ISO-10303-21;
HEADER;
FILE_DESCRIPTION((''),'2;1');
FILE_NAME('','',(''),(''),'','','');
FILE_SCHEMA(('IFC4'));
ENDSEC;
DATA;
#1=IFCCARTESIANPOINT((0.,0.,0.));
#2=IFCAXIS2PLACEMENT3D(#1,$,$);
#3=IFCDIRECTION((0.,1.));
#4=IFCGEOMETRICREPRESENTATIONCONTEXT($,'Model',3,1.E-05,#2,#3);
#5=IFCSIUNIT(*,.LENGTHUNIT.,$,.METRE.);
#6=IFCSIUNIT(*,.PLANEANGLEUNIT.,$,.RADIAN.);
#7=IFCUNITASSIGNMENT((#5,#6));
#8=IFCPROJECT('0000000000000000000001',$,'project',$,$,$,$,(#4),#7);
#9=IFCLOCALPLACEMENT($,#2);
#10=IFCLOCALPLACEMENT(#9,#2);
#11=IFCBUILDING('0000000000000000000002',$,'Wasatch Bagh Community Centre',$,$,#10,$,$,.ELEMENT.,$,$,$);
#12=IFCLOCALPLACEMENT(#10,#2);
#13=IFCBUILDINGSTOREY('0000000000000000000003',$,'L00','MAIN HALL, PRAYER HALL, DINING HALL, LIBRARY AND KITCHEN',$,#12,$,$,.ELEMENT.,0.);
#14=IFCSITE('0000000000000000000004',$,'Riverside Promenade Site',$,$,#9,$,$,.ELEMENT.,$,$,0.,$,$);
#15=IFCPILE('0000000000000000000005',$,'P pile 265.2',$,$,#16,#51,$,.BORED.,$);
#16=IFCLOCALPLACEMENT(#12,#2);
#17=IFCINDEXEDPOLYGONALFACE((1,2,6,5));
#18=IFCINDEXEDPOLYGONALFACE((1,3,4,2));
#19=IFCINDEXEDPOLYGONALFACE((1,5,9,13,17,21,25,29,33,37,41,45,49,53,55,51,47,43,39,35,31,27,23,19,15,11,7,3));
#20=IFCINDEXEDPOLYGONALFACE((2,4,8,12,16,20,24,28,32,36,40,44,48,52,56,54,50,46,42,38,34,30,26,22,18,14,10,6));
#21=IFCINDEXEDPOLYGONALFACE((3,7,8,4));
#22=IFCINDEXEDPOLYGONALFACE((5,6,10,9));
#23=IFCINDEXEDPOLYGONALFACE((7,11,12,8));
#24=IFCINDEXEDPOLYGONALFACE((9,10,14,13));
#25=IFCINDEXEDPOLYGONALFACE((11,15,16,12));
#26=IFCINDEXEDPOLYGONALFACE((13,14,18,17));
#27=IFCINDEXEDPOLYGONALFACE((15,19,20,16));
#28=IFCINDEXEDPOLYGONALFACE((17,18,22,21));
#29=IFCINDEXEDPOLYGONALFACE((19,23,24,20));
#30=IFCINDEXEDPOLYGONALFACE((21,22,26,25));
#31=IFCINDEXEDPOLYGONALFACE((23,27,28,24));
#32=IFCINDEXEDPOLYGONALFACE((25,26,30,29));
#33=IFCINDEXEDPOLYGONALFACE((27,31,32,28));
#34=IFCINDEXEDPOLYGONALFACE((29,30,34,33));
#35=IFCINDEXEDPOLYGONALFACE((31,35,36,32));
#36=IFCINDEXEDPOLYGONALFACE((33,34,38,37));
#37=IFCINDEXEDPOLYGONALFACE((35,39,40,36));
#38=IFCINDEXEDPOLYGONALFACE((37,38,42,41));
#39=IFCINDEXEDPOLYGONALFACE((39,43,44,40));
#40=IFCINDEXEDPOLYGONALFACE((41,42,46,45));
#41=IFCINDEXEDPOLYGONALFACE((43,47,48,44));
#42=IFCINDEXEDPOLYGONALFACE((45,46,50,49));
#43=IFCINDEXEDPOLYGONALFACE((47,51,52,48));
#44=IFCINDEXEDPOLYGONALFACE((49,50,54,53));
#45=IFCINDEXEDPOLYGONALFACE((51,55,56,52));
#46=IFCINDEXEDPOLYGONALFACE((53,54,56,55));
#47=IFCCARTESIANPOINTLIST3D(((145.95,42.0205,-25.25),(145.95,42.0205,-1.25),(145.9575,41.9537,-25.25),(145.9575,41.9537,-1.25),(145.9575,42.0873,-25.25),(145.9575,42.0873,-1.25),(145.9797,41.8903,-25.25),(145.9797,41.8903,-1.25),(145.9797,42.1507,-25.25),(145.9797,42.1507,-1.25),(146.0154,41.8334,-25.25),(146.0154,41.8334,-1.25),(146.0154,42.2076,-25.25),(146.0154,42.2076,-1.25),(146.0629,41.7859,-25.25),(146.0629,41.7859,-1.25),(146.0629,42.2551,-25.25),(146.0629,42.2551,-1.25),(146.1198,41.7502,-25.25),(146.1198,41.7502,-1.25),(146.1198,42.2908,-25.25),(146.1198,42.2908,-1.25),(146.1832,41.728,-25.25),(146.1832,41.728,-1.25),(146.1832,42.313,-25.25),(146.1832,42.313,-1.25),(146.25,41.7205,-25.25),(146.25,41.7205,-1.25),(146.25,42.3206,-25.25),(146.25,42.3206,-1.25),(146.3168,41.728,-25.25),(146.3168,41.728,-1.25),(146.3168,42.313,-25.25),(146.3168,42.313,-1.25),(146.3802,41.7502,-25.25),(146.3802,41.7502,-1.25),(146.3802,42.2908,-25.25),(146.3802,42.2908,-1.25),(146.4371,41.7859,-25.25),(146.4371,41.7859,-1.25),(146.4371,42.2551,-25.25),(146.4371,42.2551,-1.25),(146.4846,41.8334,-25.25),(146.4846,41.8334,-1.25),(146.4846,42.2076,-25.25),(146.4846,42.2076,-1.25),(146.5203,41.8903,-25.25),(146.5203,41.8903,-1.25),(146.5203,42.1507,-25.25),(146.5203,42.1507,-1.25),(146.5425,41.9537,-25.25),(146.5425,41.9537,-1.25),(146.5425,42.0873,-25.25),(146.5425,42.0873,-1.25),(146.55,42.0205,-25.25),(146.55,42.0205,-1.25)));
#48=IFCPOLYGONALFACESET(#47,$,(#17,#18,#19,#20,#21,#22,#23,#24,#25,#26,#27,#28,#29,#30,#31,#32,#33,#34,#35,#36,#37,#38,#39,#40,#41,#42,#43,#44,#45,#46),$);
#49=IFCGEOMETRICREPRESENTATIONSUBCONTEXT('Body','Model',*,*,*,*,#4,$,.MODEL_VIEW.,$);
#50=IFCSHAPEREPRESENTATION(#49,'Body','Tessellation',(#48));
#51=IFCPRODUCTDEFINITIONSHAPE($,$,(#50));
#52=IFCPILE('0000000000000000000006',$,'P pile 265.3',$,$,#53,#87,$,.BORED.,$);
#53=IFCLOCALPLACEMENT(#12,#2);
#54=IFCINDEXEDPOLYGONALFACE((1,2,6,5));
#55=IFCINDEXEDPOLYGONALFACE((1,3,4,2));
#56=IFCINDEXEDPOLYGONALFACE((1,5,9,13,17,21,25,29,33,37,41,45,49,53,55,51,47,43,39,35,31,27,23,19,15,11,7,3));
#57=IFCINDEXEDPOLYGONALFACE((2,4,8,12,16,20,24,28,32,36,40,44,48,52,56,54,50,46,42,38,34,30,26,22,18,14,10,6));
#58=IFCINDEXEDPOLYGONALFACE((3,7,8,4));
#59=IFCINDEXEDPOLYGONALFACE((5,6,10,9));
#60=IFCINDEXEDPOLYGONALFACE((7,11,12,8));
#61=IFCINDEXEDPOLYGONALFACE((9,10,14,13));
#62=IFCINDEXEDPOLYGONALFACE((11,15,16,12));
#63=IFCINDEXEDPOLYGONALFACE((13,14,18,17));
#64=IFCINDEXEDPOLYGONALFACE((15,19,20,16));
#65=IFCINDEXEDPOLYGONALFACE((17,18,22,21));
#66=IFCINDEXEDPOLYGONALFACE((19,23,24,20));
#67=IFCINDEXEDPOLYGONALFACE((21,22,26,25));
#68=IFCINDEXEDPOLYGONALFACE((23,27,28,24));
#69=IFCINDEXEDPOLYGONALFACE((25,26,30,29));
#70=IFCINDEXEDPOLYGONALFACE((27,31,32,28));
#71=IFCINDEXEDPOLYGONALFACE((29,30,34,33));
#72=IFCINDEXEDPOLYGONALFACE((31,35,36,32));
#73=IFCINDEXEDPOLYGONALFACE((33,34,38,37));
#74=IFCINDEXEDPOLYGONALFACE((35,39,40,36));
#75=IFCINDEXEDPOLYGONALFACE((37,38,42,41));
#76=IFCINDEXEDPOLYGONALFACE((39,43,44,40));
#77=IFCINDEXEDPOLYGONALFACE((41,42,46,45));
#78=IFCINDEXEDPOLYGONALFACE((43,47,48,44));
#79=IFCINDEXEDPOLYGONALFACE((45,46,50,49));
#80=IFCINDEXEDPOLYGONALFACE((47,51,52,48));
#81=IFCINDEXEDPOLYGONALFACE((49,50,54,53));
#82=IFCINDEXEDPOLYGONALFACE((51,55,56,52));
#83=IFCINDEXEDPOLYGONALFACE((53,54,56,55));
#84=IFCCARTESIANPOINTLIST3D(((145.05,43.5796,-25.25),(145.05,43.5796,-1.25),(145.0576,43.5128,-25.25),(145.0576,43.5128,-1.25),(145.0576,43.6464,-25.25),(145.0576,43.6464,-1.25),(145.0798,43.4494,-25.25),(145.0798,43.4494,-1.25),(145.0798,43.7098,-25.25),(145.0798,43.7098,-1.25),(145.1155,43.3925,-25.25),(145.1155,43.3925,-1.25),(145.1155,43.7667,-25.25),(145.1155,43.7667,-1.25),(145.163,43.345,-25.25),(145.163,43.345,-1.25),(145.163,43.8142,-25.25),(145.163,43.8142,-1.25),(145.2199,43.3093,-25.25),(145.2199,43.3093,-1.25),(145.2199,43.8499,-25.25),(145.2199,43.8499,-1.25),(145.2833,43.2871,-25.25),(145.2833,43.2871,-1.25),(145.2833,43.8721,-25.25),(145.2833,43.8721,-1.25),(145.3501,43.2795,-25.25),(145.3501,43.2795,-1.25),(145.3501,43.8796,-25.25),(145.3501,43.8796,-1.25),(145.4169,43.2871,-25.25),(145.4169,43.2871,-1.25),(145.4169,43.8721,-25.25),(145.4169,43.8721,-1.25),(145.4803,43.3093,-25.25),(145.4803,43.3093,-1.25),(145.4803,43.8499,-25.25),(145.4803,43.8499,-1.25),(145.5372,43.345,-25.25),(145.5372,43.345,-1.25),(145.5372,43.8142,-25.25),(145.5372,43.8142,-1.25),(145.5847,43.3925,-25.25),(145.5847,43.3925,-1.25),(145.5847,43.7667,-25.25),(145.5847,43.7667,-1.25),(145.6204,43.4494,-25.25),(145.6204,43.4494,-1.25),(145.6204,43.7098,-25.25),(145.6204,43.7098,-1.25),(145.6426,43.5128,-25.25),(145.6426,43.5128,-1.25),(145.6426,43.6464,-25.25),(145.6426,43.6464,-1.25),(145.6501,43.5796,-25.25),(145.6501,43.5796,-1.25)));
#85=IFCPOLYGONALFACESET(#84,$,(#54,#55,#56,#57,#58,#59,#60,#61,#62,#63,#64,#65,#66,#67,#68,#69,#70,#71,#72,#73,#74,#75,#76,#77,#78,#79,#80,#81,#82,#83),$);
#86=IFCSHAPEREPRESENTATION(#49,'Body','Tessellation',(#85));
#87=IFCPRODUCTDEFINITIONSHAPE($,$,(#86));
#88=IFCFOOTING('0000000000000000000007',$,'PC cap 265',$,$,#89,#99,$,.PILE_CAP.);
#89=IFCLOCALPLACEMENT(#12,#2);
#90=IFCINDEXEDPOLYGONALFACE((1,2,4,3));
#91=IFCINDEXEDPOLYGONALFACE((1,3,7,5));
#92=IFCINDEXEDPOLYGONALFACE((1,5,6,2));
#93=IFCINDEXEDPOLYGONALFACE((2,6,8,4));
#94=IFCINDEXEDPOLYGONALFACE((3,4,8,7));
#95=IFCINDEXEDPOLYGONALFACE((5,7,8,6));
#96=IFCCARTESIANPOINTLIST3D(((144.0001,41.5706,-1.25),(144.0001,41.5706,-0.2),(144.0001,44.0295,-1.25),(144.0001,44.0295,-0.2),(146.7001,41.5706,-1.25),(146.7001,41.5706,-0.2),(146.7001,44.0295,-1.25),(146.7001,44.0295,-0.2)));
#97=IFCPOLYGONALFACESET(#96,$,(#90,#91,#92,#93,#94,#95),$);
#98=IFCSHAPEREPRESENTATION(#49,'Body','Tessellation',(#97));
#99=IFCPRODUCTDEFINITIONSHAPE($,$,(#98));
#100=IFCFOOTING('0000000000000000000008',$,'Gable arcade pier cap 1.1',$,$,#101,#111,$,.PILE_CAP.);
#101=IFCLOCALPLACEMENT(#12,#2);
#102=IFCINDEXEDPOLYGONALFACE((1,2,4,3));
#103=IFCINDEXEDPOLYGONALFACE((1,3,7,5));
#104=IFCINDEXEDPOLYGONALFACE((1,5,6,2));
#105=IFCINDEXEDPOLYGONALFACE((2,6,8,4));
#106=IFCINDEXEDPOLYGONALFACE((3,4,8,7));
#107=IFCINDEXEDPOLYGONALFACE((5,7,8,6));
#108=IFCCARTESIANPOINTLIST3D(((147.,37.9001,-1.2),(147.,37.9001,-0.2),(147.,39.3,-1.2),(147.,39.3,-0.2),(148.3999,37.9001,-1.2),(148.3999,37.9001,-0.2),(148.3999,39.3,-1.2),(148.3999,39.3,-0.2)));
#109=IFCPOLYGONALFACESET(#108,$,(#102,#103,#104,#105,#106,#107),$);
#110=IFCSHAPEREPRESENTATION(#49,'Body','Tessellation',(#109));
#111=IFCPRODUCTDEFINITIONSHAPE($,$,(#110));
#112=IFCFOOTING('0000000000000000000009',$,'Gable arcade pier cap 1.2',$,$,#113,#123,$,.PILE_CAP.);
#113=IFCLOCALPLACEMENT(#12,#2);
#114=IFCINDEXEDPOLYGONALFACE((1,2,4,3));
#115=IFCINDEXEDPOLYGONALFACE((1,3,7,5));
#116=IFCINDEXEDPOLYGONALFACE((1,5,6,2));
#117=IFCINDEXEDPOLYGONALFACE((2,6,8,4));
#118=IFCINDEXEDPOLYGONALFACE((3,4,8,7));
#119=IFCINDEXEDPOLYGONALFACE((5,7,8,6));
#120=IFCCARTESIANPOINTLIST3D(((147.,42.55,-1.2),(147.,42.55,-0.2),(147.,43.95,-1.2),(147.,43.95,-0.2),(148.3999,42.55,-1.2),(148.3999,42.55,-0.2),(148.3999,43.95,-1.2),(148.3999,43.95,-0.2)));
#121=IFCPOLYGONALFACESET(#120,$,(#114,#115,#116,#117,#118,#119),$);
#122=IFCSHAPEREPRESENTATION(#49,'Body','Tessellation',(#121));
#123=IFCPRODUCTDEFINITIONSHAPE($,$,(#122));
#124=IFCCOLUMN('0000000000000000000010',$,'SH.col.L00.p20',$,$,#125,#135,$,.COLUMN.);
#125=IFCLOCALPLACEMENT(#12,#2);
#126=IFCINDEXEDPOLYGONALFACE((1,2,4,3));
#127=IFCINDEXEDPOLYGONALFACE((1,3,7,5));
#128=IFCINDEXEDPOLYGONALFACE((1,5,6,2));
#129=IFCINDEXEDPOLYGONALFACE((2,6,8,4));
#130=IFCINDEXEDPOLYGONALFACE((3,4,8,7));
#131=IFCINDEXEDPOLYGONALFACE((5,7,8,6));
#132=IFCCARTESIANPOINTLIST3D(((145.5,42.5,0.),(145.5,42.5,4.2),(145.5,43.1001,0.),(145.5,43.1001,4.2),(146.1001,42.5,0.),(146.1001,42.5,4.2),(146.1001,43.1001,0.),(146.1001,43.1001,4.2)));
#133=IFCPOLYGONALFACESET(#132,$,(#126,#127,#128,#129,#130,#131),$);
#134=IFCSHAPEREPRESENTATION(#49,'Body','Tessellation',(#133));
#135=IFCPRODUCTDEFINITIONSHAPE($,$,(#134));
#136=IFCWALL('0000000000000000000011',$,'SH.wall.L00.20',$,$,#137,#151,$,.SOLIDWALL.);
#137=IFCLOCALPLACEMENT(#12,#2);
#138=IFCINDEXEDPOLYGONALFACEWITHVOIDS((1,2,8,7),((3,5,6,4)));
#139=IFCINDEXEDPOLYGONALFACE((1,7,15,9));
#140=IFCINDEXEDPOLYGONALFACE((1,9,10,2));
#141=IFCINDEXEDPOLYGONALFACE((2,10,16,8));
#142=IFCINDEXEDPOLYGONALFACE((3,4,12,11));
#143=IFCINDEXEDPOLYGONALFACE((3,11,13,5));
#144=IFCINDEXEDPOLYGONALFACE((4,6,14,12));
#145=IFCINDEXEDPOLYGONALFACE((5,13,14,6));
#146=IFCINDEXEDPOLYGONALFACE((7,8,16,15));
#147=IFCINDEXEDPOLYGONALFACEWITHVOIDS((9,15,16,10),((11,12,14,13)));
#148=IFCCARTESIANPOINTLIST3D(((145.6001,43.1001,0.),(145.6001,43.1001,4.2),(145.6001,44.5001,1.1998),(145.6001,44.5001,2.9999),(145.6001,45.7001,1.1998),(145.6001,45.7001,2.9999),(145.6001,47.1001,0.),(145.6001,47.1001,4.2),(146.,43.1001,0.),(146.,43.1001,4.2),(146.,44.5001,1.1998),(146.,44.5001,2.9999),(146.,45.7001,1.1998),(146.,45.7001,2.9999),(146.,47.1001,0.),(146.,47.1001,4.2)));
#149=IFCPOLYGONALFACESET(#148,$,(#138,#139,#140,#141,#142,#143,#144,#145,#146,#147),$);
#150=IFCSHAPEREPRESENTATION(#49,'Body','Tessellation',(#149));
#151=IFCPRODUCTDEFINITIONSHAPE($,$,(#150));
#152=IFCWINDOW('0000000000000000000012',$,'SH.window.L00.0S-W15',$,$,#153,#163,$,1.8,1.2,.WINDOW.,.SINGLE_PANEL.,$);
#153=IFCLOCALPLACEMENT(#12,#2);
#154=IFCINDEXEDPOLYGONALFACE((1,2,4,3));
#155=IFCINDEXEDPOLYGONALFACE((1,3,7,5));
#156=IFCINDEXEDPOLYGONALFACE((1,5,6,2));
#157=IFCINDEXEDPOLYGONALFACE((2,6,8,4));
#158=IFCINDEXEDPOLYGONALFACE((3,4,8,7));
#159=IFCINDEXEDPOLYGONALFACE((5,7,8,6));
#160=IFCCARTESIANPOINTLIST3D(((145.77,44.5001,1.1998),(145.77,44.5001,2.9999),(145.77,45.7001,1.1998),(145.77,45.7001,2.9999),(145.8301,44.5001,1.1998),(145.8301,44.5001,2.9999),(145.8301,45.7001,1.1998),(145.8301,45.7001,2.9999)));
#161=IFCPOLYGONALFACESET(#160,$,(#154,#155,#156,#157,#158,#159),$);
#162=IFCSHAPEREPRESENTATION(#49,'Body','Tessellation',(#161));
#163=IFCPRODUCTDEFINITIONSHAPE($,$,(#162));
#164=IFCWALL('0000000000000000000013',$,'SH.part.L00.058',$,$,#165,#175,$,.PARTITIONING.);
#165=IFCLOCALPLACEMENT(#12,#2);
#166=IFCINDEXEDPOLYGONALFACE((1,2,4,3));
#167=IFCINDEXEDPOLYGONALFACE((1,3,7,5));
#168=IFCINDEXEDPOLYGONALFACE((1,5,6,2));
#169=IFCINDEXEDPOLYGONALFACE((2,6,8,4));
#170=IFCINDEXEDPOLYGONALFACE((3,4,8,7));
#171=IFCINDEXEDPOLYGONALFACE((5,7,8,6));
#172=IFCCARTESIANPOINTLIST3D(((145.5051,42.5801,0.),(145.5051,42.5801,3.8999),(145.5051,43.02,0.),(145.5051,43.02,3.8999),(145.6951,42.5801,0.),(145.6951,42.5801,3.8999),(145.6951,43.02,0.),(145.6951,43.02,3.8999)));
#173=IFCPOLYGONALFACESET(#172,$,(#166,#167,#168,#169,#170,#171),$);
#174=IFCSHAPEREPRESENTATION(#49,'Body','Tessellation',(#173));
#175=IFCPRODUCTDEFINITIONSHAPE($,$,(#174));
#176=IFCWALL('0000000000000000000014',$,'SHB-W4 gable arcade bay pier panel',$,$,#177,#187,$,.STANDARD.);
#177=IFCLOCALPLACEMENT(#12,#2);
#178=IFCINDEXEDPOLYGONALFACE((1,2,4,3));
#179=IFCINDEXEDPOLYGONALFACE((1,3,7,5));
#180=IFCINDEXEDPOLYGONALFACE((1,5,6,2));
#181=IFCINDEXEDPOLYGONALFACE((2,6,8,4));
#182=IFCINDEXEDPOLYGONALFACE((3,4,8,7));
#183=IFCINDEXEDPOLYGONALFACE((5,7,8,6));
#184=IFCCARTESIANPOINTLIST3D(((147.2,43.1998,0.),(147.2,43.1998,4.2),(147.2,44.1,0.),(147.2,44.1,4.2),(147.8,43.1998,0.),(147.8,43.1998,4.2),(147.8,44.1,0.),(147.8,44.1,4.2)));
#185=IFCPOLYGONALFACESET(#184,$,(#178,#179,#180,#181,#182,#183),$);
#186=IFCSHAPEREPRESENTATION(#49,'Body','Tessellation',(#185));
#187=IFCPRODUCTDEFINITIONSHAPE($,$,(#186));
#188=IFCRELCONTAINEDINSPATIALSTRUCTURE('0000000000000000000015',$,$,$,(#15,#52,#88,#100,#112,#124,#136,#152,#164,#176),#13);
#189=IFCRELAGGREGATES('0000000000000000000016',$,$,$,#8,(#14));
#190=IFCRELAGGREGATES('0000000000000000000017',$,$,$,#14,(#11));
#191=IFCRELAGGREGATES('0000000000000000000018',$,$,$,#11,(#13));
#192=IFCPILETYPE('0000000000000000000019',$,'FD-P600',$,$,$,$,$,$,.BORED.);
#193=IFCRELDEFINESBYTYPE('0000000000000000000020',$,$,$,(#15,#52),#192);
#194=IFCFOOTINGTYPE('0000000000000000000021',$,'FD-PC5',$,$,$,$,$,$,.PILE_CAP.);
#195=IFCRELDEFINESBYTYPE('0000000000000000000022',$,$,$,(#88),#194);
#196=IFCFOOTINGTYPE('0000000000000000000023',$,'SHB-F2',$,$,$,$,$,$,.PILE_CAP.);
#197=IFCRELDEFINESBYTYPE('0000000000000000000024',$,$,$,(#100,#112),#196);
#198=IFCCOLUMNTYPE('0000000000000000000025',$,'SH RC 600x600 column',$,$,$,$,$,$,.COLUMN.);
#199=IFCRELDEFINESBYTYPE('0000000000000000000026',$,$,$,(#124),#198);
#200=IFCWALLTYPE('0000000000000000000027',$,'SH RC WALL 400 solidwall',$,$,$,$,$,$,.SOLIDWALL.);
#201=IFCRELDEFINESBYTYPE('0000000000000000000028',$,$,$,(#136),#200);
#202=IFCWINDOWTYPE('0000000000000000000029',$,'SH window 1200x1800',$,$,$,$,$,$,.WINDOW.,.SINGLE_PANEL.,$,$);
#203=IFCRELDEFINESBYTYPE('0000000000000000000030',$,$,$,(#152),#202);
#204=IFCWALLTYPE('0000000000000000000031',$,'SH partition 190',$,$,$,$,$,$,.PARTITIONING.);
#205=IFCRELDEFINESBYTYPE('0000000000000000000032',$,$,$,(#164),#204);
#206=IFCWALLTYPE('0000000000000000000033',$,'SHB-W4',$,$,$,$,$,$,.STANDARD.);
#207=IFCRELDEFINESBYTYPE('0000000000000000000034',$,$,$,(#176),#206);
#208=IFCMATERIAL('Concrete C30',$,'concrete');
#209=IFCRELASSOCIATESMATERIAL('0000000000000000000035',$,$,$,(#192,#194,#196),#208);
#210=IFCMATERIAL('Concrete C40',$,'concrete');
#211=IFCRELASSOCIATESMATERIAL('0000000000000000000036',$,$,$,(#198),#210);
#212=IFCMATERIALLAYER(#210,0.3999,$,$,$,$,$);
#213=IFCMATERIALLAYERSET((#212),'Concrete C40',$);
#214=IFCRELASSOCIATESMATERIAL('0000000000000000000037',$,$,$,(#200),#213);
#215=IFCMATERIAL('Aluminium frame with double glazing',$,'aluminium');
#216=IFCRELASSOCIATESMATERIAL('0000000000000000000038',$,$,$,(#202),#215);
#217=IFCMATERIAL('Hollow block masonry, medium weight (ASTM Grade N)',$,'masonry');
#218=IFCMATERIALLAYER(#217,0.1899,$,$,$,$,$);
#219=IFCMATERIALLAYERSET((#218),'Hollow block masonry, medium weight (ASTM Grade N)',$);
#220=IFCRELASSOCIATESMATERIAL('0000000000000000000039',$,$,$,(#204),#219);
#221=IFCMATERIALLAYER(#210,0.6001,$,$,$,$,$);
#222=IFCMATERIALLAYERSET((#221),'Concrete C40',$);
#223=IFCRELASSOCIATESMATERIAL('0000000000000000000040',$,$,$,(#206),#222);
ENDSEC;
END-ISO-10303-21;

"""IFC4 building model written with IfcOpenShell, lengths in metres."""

from ifc_helpers import new_model, si_unit, direction, frame, frame_2d, origin, origin_2d, place, context, subcontext, project, spatial, rectangle, circle, extrude, material, layer, layer_set, material_profile, profile_set, type_object, element, fill, save


model = new_model("IFC4")

# Units and contexts
model_context = context("Model", 3, precision=1e-05, world=origin(), true_north=direction((0.0, 1.0)))
body_context = subcontext(model_context, "Body", "Model", "MODEL_VIEW")
ifc_project = project(units=[si_unit("LENGTHUNIT", "METRE"), si_unit("PLANEANGLEUNIT", "RADIAN")], contexts=[model_context])

# Site, building, storey
site_placement = place(None, origin())
site = spatial("IfcSite", under=ifc_project, at=site_placement, Name="Riverside Promenade Site", CompositionType="ELEMENT", RefElevation=0.0)
building_placement = place(site_placement, origin())
building = spatial("IfcBuilding", under=site, at=building_placement, Name="Wasatch Bagh Community Centre", CompositionType="ELEMENT")
storey_placement = place(building_placement, origin())
storey = spatial("IfcBuildingStorey", under=building, at=storey_placement, Name="L00", Description="MAIN HALL, PRAYER HALL, DINING HALL, LIBRARY AND KITCHEN", CompositionType="ELEMENT", Elevation=0.0)

# Piles
ifc_material_1 = material(Name="Concrete C30", Category="concrete")
ifc_material_profile_1 = material_profile(ifc_material_1, circle(Radius=0.3, at=origin_2d()), Name="RC D600")
ifc_profile_set_1 = profile_set([ifc_material_profile_1], Name="Concrete C30")
pile_type = type_object("IfcPileType", Name="FD-P600", PredefinedType="BORED", material=ifc_profile_set_1)
for number, where, z_axis, x_axis, name in (
    (1, (146.25, 42.0205, -1.25), (0.0, 0.0, -1.0), (1.0, 0.0, 0.0), "P pile 265.2"),
    (2, (145.3501, 43.5796, -1.25), (0.0, 0.0, -1.0), (1.0, 0.0, 0.0), "P pile 265.3"),
):
    element("IfcPile", number, at=place(storey_placement, frame(where, z_axis=z_axis, x_axis=x_axis)), inside=storey, type_object=pile_type, Name=name, PredefinedType="BORED", context=body_context, shape_type="SweptSolid", body=[
        extrude(circle(Radius=0.3, at=origin_2d()), origin(), (0.0, 0.0, 1.0), 24.0),
    ])

# Footings
footing_type_1 = type_object("IfcFootingType", Name="FD-PC5", PredefinedType="PILE_CAP", material=ifc_material_1)
footing_1_placement = place(storey_placement, frame((145.3501, 42.8, -1.25), z_axis=(0.0, 0.0, 1.0), x_axis=(1.0, 0.0, 0.0)))
element("IfcFooting", 3, at=footing_1_placement, inside=storey, type_object=footing_type_1, Name="PC cap 265", PredefinedType="PILE_CAP", context=body_context, shape_type="SweptSolid", body=[
    extrude(rectangle(XDim=2.7, YDim=2.459, at=origin_2d()), origin(), (0.0, 0.0, 1.0), 1.05),
])
footing_type_2 = type_object("IfcFootingType", Name="SHB-F2", PredefinedType="PILE_CAP", material=ifc_material_1)
for number, where, z_axis, x_axis, name in (
    (4, (147.7, 38.6001, -1.2), (0.0, 0.0, 1.0), (1.0, 0.0, 0.0), "Gable arcade pier cap 1.1"),
    (5, (147.7, 43.25, -1.2), (0.0, 0.0, 1.0), (1.0, 0.0, 0.0), "Gable arcade pier cap 1.2"),
):
    element("IfcFooting", number, at=place(storey_placement, frame(where, z_axis=z_axis, x_axis=x_axis)), inside=storey, type_object=footing_type_2, Name=name, PredefinedType="PILE_CAP", context=body_context, shape_type="SweptSolid", body=[
        extrude(rectangle(XDim=1.3999, YDim=1.3999, at=origin_2d()), origin(), (0.0, 0.0, 1.0), 1.0),
    ])

# Column
ifc_material_2 = material(Name="Concrete C40", Category="concrete")
ifc_material_profile_2 = material_profile(ifc_material_2, rectangle(XDim=0.6001, YDim=0.6001, at=origin_2d()), Name="RC 600x600")
ifc_profile_set_2 = profile_set([ifc_material_profile_2], Name="Concrete C40")
column_type = type_object("IfcColumnType", Name="SH RC 600x600 column", PredefinedType="COLUMN", material=ifc_profile_set_2)
column_placement = place(storey_placement, frame((145.8, 42.8, 0.0), z_axis=(0.0, 0.0, 1.0), x_axis=(1.0, 0.0, 0.0)))
element("IfcColumn", 6, at=column_placement, inside=storey, type_object=column_type, Name="SH.col.L00.p20", PredefinedType="COLUMN", context=body_context, shape_type="SweptSolid", body=[
    extrude(rectangle(XDim=0.6001, YDim=0.6001, at=origin_2d()), origin(), (0.0, 0.0, 1.0), 4.2),
])

# Wall, opening, window
ifc_layer_1 = layer(ifc_material_2, 0.3999)
ifc_layer_set_1 = layer_set([ifc_layer_1], Name="Concrete C40")
wall_type_1 = type_object("IfcWallType", Name="SH RC WALL 400 solidwall", PredefinedType="SOLIDWALL", material=ifc_layer_set_1)
wall_1_placement = place(storey_placement, frame((145.8, 43.1001, 0.0), z_axis=(0.0, 0.0, 1.0), x_axis=(0.0, 1.0, 0.0)))
wall_1 = element("IfcWall", 7, at=wall_1_placement, inside=storey, type_object=wall_type_1, Name="SH.wall.L00.20", PredefinedType="SOLIDWALL", context=body_context, shape_type="SweptSolid", body=[
    extrude(rectangle(XDim=4.0, YDim=0.3999, at=frame_2d((2.0, 0.0))), origin(), (0.0, 0.0, 1.0), 4.2),
])
opening_placement = place(wall_1_placement, frame((1.3999, 0.0, 1.2)))
opening = element("IfcOpeningElement", 8, at=opening_placement, cuts=wall_1, PredefinedType="OPENING", context=body_context, shape_type="SweptSolid", body=[
    extrude(rectangle(XDim=1.2, YDim=1.8, at=frame_2d((0.6001, 0.8999))), frame((0.0, 0.21, 0.0), z_axis=(0.0, -1.0, 0.0), x_axis=(1.0, 0.0, 0.0)), (0.0, 0.0, 1.0), 0.4199),
])
ifc_material_3 = material(Name="Aluminium frame with double glazing", Category="aluminium")
window_type = type_object("IfcWindowType", Name="SH window 1200x1800", PartitioningType="SINGLE_PANEL", PredefinedType="WINDOW", material=ifc_material_3)
window_placement = place(opening_placement, origin())
window = element("IfcWindow", 9, at=window_placement, inside=storey, type_object=window_type, Name="SH.window.L00.0S-W15", OverallHeight=1.8, OverallWidth=1.2, PartitioningType="SINGLE_PANEL", PredefinedType="WINDOW", context=body_context, shape_type="SweptSolid", body=[
    extrude(rectangle(XDim=1.2, YDim=1.8, at=frame_2d((0.6001, 0.8999))), frame((0.0, 0.03, 0.0), z_axis=(0.0, -1.0, 0.0), x_axis=(1.0, 0.0, 0.0)), (0.0, 0.0, 1.0), 0.0601),
])
fill(opening, window)

# Walls
ifc_material_4 = material(Name="Hollow block masonry, medium weight (ASTM Grade N)", Category="masonry")
ifc_layer_2 = layer(ifc_material_4, 0.1899)
ifc_layer_set_2 = layer_set([ifc_layer_2], Name="Hollow block masonry, medium weight (ASTM Grade N)")
wall_type_2 = type_object("IfcWallType", Name="SH partition 190", PredefinedType="PARTITIONING", material=ifc_layer_set_2)
wall_2_placement = place(storey_placement, frame((145.6001, 42.5801, 0.0), z_axis=(0.0, 0.0, 1.0), x_axis=(0.0, 1.0, 0.0)))
element("IfcWall", 10, at=wall_2_placement, inside=storey, type_object=wall_type_2, Name="SH.part.L00.058", PredefinedType="PARTITIONING", context=body_context, shape_type="SweptSolid", body=[
    extrude(rectangle(XDim=0.4399, YDim=0.1899, at=frame_2d((0.22, 0.0))), origin(), (0.0, 0.0, 1.0), 3.8999),
])
ifc_layer_3 = layer(ifc_material_2, 0.6001)
ifc_layer_set_3 = layer_set([ifc_layer_3], Name="Concrete C40")
wall_type_3 = type_object("IfcWallType", Name="SHB-W4", PredefinedType="STANDARD", material=ifc_layer_set_3)
wall_3_placement = place(storey_placement, frame((147.5, 44.1001, 0.0), z_axis=(0.0, 0.0, 1.0), x_axis=(0.0, -1.0, 0.0)))
element("IfcWall", 11, at=wall_3_placement, inside=storey, type_object=wall_type_3, Name="SHB-W4 gable arcade bay pier panel", PredefinedType="STANDARD", context=body_context, shape_type="SweptSolid", body=[
    extrude(rectangle(XDim=0.9001, YDim=0.6001, at=frame_2d((0.4502, 0.0))), origin(), (0.0, 0.0, 1.0), 4.2),
])

save(model, "model.ifc")
